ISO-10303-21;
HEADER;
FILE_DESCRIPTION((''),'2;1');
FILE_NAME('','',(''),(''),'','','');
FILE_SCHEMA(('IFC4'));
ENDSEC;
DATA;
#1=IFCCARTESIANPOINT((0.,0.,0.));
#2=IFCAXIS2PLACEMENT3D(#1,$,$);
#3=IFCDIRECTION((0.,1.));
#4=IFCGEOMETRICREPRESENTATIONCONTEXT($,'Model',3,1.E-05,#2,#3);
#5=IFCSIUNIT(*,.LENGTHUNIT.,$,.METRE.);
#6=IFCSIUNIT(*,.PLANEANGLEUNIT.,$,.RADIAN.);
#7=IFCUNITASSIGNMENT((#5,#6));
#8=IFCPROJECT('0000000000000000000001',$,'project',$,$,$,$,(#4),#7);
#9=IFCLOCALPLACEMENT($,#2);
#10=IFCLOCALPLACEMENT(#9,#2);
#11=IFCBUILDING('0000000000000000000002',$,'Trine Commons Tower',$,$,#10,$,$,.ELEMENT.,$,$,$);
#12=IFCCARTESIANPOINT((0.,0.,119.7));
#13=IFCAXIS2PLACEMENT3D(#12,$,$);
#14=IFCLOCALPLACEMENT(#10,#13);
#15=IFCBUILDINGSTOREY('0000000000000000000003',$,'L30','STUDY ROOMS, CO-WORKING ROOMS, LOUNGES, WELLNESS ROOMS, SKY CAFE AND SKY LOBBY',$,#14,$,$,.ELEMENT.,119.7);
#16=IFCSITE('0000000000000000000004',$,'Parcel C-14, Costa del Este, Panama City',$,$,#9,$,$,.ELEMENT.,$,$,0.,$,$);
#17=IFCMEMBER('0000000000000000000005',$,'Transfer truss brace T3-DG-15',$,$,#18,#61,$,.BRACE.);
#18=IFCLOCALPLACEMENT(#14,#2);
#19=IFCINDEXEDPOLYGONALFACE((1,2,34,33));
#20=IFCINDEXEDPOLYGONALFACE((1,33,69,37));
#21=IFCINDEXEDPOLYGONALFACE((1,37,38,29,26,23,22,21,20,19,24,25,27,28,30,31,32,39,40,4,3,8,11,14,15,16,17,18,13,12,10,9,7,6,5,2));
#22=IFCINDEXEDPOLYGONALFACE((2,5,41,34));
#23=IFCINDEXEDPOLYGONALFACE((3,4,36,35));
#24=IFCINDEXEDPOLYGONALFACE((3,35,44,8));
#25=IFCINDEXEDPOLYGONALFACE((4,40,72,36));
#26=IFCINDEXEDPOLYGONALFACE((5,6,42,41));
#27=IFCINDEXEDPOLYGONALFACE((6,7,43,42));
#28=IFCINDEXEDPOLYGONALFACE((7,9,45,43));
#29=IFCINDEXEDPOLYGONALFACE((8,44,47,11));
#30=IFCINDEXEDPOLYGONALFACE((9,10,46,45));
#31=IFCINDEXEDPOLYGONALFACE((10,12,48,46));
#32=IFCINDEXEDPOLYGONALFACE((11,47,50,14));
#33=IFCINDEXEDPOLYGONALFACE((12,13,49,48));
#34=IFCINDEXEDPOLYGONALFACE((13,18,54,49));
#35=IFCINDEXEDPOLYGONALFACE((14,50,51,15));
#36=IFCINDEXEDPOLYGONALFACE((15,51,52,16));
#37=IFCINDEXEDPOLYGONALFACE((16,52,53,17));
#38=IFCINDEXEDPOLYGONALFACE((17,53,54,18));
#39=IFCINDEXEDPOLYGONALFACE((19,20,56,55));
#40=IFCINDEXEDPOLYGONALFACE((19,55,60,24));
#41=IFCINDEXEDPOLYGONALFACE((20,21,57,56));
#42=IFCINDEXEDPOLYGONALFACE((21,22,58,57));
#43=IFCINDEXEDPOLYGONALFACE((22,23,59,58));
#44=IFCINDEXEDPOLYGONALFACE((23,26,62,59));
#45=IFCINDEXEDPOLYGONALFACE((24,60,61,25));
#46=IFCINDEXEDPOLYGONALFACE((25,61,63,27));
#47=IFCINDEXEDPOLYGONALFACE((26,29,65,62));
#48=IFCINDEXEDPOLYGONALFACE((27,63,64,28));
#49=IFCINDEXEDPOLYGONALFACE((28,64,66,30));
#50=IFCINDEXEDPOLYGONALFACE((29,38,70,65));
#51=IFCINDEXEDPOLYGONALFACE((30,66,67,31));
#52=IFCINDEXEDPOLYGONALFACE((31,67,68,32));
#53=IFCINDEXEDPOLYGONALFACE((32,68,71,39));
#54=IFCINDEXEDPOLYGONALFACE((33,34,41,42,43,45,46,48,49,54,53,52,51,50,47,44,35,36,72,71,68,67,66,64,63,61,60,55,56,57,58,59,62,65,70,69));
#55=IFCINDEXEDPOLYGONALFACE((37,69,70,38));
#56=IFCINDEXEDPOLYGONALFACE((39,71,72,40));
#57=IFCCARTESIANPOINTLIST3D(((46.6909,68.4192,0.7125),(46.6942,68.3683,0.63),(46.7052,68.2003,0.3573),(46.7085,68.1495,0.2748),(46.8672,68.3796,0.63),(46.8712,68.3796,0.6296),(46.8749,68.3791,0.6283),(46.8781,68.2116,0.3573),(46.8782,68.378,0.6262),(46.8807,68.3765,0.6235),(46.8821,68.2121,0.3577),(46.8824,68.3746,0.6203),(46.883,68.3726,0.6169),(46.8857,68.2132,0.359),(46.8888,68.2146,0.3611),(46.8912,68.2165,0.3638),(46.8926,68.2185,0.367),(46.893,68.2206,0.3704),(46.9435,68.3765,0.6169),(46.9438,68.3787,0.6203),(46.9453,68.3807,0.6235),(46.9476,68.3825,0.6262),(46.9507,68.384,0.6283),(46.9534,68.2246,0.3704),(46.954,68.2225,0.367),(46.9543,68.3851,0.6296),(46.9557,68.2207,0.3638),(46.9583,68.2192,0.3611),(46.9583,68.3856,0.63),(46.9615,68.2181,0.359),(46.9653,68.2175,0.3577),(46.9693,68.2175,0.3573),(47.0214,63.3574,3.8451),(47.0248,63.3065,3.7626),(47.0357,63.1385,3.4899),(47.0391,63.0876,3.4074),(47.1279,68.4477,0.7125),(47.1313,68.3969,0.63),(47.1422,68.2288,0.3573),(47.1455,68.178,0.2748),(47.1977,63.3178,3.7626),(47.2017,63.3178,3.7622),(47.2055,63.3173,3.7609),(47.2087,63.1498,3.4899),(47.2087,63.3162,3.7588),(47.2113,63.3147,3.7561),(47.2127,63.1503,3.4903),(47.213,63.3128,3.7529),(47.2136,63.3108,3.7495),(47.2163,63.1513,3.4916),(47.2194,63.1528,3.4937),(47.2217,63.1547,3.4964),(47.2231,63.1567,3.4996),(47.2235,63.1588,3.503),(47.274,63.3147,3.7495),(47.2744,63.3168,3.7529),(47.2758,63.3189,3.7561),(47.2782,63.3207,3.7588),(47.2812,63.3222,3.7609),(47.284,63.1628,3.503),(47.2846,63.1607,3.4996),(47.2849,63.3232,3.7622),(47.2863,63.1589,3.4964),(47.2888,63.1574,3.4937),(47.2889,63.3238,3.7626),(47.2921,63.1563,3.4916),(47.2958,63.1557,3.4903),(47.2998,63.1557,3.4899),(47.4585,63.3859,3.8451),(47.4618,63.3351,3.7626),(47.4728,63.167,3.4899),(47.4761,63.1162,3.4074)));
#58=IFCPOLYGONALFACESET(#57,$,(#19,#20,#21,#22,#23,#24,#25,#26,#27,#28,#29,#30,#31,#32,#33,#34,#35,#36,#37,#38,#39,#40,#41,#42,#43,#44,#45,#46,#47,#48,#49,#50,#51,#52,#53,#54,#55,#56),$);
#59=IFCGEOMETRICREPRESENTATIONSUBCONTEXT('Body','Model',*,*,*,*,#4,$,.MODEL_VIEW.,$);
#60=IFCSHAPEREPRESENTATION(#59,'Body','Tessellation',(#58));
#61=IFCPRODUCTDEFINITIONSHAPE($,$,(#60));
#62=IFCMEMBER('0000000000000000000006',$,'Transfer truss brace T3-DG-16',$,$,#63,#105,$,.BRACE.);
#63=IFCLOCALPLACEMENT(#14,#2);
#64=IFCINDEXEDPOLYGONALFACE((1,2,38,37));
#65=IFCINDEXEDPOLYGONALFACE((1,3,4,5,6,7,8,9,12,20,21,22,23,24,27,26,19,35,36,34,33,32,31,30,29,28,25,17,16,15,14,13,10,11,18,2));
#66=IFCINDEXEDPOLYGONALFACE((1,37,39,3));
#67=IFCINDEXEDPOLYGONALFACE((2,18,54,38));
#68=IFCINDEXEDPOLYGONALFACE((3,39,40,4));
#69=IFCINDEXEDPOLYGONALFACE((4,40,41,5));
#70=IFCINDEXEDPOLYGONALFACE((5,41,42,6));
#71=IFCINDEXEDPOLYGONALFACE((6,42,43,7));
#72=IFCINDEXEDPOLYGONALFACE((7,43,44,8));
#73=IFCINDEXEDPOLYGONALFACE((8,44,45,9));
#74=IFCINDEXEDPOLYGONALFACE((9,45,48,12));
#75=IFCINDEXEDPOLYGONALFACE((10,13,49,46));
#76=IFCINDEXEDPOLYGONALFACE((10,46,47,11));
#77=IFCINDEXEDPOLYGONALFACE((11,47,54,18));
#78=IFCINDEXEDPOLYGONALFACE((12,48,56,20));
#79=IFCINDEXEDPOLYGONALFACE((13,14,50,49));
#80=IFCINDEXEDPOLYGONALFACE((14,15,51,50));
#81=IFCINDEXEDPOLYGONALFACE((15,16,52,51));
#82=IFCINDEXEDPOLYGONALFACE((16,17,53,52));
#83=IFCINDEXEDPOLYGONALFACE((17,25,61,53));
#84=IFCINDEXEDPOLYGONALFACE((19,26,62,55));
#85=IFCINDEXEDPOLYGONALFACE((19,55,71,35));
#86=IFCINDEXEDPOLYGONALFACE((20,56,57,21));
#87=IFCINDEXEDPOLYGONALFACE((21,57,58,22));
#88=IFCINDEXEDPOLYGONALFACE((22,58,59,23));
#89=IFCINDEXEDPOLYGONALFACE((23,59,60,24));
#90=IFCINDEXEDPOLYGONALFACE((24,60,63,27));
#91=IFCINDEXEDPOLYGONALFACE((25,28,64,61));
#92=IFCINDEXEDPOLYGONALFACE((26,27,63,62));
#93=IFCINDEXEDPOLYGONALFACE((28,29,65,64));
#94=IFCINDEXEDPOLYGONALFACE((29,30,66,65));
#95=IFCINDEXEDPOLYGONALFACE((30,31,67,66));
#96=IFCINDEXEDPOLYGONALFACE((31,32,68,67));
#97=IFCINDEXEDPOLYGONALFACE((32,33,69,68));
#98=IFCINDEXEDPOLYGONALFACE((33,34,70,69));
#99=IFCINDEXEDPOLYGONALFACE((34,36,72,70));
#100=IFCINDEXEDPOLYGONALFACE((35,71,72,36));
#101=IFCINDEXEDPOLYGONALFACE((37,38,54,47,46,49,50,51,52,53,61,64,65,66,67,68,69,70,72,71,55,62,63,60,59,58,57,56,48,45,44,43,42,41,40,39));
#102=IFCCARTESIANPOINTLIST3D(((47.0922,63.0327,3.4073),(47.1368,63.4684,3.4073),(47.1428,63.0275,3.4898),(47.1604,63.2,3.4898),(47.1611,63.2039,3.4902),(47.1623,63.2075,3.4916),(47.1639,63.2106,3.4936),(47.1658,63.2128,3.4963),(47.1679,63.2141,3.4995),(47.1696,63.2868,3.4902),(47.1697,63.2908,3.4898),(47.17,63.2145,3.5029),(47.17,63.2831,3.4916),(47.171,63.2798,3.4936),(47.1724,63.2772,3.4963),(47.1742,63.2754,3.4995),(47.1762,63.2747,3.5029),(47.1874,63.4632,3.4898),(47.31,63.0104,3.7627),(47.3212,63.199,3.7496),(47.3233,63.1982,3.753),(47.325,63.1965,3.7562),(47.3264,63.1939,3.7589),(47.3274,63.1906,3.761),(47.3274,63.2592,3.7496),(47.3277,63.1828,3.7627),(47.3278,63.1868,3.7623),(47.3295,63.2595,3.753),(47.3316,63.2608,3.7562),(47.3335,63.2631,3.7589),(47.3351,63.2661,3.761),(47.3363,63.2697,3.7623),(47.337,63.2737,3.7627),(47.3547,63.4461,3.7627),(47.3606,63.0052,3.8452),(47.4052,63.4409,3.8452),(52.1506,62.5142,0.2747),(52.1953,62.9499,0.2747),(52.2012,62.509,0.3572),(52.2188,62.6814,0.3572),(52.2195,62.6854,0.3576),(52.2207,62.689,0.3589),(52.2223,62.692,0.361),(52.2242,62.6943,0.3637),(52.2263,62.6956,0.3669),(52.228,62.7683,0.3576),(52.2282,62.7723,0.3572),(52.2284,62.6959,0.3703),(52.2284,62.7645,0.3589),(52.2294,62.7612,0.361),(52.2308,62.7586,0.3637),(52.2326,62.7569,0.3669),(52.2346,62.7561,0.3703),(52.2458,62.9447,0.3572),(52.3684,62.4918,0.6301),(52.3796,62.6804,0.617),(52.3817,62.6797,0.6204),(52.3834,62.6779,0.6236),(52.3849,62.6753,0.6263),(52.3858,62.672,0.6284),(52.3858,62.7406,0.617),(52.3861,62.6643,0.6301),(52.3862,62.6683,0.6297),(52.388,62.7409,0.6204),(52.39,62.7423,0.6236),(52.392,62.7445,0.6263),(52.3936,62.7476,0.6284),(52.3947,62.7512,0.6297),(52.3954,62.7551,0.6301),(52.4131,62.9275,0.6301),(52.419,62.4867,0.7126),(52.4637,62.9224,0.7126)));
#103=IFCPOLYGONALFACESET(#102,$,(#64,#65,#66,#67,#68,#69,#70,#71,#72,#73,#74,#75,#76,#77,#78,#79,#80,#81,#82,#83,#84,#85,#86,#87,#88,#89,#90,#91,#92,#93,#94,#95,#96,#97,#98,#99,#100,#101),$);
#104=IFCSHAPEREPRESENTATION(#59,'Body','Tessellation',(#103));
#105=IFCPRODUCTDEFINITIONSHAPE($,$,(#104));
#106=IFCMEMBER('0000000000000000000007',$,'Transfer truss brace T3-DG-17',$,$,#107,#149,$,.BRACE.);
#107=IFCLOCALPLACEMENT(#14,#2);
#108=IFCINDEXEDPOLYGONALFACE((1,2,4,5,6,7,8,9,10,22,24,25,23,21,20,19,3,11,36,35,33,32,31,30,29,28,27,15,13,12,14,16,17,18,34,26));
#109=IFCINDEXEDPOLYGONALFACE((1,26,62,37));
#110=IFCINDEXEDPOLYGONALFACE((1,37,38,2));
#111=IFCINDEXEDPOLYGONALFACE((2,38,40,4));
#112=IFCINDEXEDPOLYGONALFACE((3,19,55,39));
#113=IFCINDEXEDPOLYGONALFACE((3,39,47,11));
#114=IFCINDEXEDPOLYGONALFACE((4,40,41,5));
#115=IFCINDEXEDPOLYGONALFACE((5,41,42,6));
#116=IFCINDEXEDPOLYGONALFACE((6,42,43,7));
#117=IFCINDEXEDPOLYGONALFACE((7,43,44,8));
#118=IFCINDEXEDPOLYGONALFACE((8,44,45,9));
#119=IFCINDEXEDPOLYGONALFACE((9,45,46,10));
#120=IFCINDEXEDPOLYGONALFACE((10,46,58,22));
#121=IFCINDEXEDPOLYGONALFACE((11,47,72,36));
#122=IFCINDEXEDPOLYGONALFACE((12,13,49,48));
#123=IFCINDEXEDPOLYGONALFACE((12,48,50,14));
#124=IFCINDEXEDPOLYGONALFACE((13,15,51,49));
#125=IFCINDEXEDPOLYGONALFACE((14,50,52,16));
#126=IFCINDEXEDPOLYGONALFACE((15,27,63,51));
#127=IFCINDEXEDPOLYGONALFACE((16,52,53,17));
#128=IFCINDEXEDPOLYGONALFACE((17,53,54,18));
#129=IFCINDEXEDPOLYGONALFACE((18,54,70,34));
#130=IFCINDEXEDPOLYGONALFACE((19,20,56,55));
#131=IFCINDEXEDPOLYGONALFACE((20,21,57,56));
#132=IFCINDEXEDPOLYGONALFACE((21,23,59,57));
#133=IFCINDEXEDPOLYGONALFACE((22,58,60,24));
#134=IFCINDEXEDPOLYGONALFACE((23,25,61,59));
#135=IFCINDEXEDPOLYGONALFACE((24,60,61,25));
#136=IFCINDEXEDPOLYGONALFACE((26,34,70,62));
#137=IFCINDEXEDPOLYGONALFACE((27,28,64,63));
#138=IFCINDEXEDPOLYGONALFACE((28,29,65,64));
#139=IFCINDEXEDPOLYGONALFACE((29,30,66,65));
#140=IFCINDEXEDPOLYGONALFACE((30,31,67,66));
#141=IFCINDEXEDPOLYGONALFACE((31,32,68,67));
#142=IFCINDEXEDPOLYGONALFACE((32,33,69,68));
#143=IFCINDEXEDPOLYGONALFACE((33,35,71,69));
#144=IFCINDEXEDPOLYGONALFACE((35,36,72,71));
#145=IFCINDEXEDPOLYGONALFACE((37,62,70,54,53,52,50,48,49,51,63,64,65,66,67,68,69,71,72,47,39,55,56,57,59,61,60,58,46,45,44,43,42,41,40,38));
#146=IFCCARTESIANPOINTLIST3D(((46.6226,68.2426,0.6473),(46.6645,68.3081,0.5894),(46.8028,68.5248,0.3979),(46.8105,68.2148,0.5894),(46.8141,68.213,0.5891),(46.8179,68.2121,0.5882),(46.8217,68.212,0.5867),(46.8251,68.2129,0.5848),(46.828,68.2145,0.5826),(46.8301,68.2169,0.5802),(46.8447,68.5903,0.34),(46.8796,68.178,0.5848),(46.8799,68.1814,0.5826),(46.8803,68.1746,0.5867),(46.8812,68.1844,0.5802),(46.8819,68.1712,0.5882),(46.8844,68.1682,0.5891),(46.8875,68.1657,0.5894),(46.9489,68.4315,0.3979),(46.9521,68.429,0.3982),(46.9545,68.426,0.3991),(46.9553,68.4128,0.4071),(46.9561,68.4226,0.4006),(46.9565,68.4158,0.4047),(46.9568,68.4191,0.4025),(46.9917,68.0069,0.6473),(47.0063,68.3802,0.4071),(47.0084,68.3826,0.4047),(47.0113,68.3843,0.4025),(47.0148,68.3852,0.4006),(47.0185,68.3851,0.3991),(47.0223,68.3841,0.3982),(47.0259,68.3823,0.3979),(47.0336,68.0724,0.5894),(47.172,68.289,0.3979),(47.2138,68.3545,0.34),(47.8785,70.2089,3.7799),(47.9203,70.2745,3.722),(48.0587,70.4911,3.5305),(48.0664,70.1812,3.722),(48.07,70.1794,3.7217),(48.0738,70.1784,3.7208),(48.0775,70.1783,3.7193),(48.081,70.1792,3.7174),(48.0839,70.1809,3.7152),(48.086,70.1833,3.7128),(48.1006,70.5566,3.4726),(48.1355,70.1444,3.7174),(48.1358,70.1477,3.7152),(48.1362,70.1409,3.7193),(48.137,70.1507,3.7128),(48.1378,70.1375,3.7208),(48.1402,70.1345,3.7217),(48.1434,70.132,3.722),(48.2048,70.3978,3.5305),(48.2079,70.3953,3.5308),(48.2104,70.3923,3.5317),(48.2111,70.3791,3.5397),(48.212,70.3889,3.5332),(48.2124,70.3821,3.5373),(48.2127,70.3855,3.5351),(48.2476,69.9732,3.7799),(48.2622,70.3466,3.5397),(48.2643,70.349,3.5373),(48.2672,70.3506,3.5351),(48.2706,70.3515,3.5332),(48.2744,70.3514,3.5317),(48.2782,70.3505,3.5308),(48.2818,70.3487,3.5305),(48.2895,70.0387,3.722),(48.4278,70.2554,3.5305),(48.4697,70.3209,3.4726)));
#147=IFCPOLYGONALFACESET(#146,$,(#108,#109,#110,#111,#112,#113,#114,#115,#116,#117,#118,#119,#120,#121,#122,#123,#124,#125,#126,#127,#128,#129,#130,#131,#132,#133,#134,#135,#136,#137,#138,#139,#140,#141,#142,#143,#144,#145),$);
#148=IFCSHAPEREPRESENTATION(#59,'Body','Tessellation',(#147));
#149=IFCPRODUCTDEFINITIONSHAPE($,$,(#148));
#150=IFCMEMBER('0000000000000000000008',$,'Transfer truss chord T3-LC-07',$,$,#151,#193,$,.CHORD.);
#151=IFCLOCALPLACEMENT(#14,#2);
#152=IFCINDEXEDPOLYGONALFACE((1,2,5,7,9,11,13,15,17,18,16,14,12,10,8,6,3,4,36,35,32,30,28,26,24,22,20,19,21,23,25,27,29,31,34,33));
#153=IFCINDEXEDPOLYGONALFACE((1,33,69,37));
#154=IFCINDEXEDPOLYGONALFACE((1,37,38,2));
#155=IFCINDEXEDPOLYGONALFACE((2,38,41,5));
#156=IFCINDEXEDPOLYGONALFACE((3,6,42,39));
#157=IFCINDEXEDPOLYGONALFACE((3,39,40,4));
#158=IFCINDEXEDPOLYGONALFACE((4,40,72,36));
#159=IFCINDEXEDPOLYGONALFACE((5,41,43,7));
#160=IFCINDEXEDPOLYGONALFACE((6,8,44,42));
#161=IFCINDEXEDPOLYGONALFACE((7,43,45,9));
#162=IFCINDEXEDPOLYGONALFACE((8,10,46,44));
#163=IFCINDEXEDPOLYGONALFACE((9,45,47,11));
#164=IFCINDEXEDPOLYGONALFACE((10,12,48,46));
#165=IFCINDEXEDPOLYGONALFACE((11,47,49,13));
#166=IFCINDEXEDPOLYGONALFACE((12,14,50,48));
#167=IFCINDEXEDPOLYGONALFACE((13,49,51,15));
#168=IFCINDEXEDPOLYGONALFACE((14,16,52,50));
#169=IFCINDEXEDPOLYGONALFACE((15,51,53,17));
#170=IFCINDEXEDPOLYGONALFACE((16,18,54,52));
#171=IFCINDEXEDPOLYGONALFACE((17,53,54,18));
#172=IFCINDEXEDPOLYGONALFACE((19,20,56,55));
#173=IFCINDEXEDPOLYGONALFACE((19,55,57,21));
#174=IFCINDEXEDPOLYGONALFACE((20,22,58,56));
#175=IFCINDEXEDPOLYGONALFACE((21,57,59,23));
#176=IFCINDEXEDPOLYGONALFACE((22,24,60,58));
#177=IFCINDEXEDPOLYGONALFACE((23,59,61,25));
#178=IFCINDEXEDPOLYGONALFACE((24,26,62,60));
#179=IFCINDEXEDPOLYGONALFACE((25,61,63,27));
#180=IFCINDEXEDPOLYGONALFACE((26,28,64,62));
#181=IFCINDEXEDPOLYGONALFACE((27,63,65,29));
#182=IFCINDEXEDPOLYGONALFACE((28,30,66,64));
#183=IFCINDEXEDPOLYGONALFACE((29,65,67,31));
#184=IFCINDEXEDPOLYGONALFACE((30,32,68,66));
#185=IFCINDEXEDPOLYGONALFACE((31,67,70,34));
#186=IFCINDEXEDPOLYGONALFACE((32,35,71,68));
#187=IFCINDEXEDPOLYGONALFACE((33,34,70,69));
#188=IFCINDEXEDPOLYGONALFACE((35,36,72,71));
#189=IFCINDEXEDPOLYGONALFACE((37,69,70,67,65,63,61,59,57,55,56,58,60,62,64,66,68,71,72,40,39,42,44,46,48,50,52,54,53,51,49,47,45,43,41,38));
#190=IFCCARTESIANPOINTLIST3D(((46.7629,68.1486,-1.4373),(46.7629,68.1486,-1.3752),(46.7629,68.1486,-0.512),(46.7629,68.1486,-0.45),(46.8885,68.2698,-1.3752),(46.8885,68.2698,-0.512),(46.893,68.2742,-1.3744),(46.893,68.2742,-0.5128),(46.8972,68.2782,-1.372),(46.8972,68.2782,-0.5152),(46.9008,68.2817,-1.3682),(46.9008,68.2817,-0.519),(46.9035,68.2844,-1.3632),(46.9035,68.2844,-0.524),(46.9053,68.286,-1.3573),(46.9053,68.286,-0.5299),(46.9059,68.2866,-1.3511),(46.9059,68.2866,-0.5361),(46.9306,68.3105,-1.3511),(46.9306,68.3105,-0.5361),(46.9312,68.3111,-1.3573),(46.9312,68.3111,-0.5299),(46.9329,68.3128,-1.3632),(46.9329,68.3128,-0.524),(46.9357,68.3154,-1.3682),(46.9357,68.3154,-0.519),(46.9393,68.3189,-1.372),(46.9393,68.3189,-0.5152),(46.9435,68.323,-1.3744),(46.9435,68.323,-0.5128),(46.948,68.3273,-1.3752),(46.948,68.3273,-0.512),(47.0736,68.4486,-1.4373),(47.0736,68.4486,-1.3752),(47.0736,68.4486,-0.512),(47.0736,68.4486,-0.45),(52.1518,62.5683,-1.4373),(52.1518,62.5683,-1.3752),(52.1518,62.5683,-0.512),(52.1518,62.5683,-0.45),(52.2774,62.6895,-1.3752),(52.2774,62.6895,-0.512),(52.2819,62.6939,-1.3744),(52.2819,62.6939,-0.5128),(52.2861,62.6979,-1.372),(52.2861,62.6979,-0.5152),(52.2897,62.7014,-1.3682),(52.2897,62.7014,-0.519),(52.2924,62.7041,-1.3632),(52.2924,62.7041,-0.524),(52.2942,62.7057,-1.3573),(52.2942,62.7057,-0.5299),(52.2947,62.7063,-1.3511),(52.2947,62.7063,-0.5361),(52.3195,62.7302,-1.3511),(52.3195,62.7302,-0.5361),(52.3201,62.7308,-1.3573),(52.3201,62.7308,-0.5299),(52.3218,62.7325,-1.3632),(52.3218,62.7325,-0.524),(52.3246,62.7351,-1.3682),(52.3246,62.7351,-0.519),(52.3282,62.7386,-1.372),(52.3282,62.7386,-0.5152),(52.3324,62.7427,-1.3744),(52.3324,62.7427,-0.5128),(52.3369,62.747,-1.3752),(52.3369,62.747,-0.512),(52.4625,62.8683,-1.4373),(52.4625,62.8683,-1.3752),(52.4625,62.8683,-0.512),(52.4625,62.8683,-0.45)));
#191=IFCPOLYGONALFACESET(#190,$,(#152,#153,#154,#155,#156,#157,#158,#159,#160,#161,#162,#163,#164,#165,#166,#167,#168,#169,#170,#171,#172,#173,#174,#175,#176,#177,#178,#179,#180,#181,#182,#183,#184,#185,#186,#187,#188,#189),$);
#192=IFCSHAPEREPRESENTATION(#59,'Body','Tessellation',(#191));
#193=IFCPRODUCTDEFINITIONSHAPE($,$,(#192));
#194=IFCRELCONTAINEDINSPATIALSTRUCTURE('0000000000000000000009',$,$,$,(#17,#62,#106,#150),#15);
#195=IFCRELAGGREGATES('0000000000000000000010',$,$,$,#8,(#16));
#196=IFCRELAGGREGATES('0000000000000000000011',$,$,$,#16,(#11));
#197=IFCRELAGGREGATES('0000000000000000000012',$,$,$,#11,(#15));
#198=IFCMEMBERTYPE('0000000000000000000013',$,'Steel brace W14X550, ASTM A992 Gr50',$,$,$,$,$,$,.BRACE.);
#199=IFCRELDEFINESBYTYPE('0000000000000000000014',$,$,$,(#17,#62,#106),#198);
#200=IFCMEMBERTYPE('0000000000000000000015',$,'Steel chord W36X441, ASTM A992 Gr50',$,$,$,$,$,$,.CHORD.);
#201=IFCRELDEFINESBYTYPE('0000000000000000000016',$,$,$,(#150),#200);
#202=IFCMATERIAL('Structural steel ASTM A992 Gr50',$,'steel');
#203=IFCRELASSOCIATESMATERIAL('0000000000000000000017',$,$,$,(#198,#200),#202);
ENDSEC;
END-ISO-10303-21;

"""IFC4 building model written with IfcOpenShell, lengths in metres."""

from ifc_helpers import new_model, si_unit, direction, frame, origin, origin_2d, place, context, subcontext, project, spatial, i_section, extrude, material, material_profile, profile_set, type_object, element, save


model = new_model("IFC4")

# Units and contexts
model_context = context("Model", 3, precision=1e-05, world=origin(), true_north=direction((0.0, 1.0)))
body_context = subcontext(model_context, "Body", "Model", "MODEL_VIEW")
ifc_project = project(units=[si_unit("LENGTHUNIT", "METRE"), si_unit("PLANEANGLEUNIT", "RADIAN")], contexts=[model_context])

# Site, building, storey
site_placement = place(None, origin())
site = spatial("IfcSite", under=ifc_project, at=site_placement, Name="Parcel C-14, Costa del Este, Panama City", CompositionType="ELEMENT", RefElevation=0.0)
building_placement = place(site_placement, origin())
building = spatial("IfcBuilding", under=site, at=building_placement, Name="Trine Commons Tower", CompositionType="ELEMENT")
storey_placement = place(building_placement, frame((0.0, 0.0, 119.7)))
storey = spatial("IfcBuildingStorey", under=building, at=storey_placement, Name="L30", Description="STUDY ROOMS, CO-WORKING ROOMS, LOUNGES, WELLNESS ROOMS, SKY CAFE AND SKY LOBBY", CompositionType="ELEMENT", Elevation=119.7)

# Shared definitions
ifc_material_1 = material(Name="Structural steel ASTM A992 Gr50", Category="steel")

# Members
ifc_material_profile_1 = material_profile(ifc_material_1, i_section(OverallWidth=0.438, OverallDepth=0.5144, WebThickness=0.0605, FlangeThickness=0.0969, FilletRadius=0.0154, at=origin_2d()), Name="W14X550")
ifc_profile_set_1 = profile_set([ifc_material_profile_1], Name="Structural steel ASTM A992 Gr50")
member_type_1 = type_object("IfcMemberType", Name="Steel brace W14X550, ASTM A992 Gr50", PredefinedType="BRACE", material=ifc_profile_set_1)
member_1_placement = place(storey_placement, frame((46.9182, 68.2986, 0.4937), z_axis=(0.055447, -0.849025, 0.525435), x_axis=(0.997874, 0.065168, 0.0)))
element("IfcMember", 1, at=member_1_placement, inside=storey, type_object=member_type_1, Name="Transfer truss brace T3-DG-15", PredefinedType="BRACE", context=body_context, shape_type="SweptSolid", body=[
    extrude(i_section(OverallWidth=0.438, OverallDepth=0.5144, WebThickness=0.0605, FlangeThickness=0.0969, FilletRadius=0.0154, at=origin_2d()), origin(), (0.0, 0.0, 1.0), 5.9619),
])
member_2_placement = place(storey_placement, frame((52.3071, 62.7183, 0.4937), z_axis=(-0.846963, 0.086826, 0.524513), x_axis=(-0.10198, -0.994786, 0.0)))
element("IfcMember", 2, at=member_2_placement, inside=storey, type_object=member_type_1, Name="Transfer truss brace T3-DG-16", PredefinedType="BRACE", context=body_context, shape_type="SweptSolid", body=[
    extrude(i_section(OverallWidth=0.438, OverallDepth=0.5144, WebThickness=0.0605, FlangeThickness=0.0969, FilletRadius=0.0154, at=origin_2d()), origin(), (0.0, 0.0, 1.0), 5.9724),
])
member_3_placement = place(storey_placement, frame((46.9182, 68.2986, 0.4937), z_axis=(0.321524, 0.503412, 0.801997), x_axis=(-0.842773, 0.53827, 0.0)))
element("IfcMember", 3, at=member_3_placement, inside=storey, type_object=member_type_1, Name="Transfer truss brace T3-DG-17", PredefinedType="BRACE", context=body_context, shape_type="SweptSolid", body=[
    extrude(i_section(OverallWidth=0.438, OverallDepth=0.5144, WebThickness=0.0605, FlangeThickness=0.0969, FilletRadius=0.0154, at=origin_2d()), origin(), (0.0, 0.0, 1.0), 3.906),
])
ifc_material_profile_2 = material_profile(ifc_material_1, i_section(OverallWidth=0.4319, OverallDepth=0.9873, WebThickness=0.0344, FlangeThickness=0.062, FilletRadius=0.0242, at=origin_2d()), Name="W36X441")
ifc_profile_set_2 = profile_set([ifc_material_profile_2], Name="Structural steel ASTM A992 Gr50")
member_type_2 = type_object("IfcMemberType", Name="Steel chord W36X441, ASTM A992 Gr50", PredefinedType="CHORD", material=ifc_profile_set_2)
member_4_placement = place(storey_placement, frame((52.3071, 62.7183, -0.9436), z_axis=(-0.694662, 0.719336, 0.0), x_axis=(-0.719336, -0.694662, 0.0)))
element("IfcMember", 4, at=member_4_placement, inside=storey, type_object=member_type_2, Name="Transfer truss chord T3-LC-07", PredefinedType="CHORD", context=body_context, shape_type="SweptSolid", body=[
    extrude(i_section(OverallWidth=0.4319, OverallDepth=0.9873, WebThickness=0.0344, FlangeThickness=0.062, FilletRadius=0.0242, at=origin_2d()), origin(), (0.0, 0.0, 1.0), 7.7576),
])

save(model, "model.ifc")
